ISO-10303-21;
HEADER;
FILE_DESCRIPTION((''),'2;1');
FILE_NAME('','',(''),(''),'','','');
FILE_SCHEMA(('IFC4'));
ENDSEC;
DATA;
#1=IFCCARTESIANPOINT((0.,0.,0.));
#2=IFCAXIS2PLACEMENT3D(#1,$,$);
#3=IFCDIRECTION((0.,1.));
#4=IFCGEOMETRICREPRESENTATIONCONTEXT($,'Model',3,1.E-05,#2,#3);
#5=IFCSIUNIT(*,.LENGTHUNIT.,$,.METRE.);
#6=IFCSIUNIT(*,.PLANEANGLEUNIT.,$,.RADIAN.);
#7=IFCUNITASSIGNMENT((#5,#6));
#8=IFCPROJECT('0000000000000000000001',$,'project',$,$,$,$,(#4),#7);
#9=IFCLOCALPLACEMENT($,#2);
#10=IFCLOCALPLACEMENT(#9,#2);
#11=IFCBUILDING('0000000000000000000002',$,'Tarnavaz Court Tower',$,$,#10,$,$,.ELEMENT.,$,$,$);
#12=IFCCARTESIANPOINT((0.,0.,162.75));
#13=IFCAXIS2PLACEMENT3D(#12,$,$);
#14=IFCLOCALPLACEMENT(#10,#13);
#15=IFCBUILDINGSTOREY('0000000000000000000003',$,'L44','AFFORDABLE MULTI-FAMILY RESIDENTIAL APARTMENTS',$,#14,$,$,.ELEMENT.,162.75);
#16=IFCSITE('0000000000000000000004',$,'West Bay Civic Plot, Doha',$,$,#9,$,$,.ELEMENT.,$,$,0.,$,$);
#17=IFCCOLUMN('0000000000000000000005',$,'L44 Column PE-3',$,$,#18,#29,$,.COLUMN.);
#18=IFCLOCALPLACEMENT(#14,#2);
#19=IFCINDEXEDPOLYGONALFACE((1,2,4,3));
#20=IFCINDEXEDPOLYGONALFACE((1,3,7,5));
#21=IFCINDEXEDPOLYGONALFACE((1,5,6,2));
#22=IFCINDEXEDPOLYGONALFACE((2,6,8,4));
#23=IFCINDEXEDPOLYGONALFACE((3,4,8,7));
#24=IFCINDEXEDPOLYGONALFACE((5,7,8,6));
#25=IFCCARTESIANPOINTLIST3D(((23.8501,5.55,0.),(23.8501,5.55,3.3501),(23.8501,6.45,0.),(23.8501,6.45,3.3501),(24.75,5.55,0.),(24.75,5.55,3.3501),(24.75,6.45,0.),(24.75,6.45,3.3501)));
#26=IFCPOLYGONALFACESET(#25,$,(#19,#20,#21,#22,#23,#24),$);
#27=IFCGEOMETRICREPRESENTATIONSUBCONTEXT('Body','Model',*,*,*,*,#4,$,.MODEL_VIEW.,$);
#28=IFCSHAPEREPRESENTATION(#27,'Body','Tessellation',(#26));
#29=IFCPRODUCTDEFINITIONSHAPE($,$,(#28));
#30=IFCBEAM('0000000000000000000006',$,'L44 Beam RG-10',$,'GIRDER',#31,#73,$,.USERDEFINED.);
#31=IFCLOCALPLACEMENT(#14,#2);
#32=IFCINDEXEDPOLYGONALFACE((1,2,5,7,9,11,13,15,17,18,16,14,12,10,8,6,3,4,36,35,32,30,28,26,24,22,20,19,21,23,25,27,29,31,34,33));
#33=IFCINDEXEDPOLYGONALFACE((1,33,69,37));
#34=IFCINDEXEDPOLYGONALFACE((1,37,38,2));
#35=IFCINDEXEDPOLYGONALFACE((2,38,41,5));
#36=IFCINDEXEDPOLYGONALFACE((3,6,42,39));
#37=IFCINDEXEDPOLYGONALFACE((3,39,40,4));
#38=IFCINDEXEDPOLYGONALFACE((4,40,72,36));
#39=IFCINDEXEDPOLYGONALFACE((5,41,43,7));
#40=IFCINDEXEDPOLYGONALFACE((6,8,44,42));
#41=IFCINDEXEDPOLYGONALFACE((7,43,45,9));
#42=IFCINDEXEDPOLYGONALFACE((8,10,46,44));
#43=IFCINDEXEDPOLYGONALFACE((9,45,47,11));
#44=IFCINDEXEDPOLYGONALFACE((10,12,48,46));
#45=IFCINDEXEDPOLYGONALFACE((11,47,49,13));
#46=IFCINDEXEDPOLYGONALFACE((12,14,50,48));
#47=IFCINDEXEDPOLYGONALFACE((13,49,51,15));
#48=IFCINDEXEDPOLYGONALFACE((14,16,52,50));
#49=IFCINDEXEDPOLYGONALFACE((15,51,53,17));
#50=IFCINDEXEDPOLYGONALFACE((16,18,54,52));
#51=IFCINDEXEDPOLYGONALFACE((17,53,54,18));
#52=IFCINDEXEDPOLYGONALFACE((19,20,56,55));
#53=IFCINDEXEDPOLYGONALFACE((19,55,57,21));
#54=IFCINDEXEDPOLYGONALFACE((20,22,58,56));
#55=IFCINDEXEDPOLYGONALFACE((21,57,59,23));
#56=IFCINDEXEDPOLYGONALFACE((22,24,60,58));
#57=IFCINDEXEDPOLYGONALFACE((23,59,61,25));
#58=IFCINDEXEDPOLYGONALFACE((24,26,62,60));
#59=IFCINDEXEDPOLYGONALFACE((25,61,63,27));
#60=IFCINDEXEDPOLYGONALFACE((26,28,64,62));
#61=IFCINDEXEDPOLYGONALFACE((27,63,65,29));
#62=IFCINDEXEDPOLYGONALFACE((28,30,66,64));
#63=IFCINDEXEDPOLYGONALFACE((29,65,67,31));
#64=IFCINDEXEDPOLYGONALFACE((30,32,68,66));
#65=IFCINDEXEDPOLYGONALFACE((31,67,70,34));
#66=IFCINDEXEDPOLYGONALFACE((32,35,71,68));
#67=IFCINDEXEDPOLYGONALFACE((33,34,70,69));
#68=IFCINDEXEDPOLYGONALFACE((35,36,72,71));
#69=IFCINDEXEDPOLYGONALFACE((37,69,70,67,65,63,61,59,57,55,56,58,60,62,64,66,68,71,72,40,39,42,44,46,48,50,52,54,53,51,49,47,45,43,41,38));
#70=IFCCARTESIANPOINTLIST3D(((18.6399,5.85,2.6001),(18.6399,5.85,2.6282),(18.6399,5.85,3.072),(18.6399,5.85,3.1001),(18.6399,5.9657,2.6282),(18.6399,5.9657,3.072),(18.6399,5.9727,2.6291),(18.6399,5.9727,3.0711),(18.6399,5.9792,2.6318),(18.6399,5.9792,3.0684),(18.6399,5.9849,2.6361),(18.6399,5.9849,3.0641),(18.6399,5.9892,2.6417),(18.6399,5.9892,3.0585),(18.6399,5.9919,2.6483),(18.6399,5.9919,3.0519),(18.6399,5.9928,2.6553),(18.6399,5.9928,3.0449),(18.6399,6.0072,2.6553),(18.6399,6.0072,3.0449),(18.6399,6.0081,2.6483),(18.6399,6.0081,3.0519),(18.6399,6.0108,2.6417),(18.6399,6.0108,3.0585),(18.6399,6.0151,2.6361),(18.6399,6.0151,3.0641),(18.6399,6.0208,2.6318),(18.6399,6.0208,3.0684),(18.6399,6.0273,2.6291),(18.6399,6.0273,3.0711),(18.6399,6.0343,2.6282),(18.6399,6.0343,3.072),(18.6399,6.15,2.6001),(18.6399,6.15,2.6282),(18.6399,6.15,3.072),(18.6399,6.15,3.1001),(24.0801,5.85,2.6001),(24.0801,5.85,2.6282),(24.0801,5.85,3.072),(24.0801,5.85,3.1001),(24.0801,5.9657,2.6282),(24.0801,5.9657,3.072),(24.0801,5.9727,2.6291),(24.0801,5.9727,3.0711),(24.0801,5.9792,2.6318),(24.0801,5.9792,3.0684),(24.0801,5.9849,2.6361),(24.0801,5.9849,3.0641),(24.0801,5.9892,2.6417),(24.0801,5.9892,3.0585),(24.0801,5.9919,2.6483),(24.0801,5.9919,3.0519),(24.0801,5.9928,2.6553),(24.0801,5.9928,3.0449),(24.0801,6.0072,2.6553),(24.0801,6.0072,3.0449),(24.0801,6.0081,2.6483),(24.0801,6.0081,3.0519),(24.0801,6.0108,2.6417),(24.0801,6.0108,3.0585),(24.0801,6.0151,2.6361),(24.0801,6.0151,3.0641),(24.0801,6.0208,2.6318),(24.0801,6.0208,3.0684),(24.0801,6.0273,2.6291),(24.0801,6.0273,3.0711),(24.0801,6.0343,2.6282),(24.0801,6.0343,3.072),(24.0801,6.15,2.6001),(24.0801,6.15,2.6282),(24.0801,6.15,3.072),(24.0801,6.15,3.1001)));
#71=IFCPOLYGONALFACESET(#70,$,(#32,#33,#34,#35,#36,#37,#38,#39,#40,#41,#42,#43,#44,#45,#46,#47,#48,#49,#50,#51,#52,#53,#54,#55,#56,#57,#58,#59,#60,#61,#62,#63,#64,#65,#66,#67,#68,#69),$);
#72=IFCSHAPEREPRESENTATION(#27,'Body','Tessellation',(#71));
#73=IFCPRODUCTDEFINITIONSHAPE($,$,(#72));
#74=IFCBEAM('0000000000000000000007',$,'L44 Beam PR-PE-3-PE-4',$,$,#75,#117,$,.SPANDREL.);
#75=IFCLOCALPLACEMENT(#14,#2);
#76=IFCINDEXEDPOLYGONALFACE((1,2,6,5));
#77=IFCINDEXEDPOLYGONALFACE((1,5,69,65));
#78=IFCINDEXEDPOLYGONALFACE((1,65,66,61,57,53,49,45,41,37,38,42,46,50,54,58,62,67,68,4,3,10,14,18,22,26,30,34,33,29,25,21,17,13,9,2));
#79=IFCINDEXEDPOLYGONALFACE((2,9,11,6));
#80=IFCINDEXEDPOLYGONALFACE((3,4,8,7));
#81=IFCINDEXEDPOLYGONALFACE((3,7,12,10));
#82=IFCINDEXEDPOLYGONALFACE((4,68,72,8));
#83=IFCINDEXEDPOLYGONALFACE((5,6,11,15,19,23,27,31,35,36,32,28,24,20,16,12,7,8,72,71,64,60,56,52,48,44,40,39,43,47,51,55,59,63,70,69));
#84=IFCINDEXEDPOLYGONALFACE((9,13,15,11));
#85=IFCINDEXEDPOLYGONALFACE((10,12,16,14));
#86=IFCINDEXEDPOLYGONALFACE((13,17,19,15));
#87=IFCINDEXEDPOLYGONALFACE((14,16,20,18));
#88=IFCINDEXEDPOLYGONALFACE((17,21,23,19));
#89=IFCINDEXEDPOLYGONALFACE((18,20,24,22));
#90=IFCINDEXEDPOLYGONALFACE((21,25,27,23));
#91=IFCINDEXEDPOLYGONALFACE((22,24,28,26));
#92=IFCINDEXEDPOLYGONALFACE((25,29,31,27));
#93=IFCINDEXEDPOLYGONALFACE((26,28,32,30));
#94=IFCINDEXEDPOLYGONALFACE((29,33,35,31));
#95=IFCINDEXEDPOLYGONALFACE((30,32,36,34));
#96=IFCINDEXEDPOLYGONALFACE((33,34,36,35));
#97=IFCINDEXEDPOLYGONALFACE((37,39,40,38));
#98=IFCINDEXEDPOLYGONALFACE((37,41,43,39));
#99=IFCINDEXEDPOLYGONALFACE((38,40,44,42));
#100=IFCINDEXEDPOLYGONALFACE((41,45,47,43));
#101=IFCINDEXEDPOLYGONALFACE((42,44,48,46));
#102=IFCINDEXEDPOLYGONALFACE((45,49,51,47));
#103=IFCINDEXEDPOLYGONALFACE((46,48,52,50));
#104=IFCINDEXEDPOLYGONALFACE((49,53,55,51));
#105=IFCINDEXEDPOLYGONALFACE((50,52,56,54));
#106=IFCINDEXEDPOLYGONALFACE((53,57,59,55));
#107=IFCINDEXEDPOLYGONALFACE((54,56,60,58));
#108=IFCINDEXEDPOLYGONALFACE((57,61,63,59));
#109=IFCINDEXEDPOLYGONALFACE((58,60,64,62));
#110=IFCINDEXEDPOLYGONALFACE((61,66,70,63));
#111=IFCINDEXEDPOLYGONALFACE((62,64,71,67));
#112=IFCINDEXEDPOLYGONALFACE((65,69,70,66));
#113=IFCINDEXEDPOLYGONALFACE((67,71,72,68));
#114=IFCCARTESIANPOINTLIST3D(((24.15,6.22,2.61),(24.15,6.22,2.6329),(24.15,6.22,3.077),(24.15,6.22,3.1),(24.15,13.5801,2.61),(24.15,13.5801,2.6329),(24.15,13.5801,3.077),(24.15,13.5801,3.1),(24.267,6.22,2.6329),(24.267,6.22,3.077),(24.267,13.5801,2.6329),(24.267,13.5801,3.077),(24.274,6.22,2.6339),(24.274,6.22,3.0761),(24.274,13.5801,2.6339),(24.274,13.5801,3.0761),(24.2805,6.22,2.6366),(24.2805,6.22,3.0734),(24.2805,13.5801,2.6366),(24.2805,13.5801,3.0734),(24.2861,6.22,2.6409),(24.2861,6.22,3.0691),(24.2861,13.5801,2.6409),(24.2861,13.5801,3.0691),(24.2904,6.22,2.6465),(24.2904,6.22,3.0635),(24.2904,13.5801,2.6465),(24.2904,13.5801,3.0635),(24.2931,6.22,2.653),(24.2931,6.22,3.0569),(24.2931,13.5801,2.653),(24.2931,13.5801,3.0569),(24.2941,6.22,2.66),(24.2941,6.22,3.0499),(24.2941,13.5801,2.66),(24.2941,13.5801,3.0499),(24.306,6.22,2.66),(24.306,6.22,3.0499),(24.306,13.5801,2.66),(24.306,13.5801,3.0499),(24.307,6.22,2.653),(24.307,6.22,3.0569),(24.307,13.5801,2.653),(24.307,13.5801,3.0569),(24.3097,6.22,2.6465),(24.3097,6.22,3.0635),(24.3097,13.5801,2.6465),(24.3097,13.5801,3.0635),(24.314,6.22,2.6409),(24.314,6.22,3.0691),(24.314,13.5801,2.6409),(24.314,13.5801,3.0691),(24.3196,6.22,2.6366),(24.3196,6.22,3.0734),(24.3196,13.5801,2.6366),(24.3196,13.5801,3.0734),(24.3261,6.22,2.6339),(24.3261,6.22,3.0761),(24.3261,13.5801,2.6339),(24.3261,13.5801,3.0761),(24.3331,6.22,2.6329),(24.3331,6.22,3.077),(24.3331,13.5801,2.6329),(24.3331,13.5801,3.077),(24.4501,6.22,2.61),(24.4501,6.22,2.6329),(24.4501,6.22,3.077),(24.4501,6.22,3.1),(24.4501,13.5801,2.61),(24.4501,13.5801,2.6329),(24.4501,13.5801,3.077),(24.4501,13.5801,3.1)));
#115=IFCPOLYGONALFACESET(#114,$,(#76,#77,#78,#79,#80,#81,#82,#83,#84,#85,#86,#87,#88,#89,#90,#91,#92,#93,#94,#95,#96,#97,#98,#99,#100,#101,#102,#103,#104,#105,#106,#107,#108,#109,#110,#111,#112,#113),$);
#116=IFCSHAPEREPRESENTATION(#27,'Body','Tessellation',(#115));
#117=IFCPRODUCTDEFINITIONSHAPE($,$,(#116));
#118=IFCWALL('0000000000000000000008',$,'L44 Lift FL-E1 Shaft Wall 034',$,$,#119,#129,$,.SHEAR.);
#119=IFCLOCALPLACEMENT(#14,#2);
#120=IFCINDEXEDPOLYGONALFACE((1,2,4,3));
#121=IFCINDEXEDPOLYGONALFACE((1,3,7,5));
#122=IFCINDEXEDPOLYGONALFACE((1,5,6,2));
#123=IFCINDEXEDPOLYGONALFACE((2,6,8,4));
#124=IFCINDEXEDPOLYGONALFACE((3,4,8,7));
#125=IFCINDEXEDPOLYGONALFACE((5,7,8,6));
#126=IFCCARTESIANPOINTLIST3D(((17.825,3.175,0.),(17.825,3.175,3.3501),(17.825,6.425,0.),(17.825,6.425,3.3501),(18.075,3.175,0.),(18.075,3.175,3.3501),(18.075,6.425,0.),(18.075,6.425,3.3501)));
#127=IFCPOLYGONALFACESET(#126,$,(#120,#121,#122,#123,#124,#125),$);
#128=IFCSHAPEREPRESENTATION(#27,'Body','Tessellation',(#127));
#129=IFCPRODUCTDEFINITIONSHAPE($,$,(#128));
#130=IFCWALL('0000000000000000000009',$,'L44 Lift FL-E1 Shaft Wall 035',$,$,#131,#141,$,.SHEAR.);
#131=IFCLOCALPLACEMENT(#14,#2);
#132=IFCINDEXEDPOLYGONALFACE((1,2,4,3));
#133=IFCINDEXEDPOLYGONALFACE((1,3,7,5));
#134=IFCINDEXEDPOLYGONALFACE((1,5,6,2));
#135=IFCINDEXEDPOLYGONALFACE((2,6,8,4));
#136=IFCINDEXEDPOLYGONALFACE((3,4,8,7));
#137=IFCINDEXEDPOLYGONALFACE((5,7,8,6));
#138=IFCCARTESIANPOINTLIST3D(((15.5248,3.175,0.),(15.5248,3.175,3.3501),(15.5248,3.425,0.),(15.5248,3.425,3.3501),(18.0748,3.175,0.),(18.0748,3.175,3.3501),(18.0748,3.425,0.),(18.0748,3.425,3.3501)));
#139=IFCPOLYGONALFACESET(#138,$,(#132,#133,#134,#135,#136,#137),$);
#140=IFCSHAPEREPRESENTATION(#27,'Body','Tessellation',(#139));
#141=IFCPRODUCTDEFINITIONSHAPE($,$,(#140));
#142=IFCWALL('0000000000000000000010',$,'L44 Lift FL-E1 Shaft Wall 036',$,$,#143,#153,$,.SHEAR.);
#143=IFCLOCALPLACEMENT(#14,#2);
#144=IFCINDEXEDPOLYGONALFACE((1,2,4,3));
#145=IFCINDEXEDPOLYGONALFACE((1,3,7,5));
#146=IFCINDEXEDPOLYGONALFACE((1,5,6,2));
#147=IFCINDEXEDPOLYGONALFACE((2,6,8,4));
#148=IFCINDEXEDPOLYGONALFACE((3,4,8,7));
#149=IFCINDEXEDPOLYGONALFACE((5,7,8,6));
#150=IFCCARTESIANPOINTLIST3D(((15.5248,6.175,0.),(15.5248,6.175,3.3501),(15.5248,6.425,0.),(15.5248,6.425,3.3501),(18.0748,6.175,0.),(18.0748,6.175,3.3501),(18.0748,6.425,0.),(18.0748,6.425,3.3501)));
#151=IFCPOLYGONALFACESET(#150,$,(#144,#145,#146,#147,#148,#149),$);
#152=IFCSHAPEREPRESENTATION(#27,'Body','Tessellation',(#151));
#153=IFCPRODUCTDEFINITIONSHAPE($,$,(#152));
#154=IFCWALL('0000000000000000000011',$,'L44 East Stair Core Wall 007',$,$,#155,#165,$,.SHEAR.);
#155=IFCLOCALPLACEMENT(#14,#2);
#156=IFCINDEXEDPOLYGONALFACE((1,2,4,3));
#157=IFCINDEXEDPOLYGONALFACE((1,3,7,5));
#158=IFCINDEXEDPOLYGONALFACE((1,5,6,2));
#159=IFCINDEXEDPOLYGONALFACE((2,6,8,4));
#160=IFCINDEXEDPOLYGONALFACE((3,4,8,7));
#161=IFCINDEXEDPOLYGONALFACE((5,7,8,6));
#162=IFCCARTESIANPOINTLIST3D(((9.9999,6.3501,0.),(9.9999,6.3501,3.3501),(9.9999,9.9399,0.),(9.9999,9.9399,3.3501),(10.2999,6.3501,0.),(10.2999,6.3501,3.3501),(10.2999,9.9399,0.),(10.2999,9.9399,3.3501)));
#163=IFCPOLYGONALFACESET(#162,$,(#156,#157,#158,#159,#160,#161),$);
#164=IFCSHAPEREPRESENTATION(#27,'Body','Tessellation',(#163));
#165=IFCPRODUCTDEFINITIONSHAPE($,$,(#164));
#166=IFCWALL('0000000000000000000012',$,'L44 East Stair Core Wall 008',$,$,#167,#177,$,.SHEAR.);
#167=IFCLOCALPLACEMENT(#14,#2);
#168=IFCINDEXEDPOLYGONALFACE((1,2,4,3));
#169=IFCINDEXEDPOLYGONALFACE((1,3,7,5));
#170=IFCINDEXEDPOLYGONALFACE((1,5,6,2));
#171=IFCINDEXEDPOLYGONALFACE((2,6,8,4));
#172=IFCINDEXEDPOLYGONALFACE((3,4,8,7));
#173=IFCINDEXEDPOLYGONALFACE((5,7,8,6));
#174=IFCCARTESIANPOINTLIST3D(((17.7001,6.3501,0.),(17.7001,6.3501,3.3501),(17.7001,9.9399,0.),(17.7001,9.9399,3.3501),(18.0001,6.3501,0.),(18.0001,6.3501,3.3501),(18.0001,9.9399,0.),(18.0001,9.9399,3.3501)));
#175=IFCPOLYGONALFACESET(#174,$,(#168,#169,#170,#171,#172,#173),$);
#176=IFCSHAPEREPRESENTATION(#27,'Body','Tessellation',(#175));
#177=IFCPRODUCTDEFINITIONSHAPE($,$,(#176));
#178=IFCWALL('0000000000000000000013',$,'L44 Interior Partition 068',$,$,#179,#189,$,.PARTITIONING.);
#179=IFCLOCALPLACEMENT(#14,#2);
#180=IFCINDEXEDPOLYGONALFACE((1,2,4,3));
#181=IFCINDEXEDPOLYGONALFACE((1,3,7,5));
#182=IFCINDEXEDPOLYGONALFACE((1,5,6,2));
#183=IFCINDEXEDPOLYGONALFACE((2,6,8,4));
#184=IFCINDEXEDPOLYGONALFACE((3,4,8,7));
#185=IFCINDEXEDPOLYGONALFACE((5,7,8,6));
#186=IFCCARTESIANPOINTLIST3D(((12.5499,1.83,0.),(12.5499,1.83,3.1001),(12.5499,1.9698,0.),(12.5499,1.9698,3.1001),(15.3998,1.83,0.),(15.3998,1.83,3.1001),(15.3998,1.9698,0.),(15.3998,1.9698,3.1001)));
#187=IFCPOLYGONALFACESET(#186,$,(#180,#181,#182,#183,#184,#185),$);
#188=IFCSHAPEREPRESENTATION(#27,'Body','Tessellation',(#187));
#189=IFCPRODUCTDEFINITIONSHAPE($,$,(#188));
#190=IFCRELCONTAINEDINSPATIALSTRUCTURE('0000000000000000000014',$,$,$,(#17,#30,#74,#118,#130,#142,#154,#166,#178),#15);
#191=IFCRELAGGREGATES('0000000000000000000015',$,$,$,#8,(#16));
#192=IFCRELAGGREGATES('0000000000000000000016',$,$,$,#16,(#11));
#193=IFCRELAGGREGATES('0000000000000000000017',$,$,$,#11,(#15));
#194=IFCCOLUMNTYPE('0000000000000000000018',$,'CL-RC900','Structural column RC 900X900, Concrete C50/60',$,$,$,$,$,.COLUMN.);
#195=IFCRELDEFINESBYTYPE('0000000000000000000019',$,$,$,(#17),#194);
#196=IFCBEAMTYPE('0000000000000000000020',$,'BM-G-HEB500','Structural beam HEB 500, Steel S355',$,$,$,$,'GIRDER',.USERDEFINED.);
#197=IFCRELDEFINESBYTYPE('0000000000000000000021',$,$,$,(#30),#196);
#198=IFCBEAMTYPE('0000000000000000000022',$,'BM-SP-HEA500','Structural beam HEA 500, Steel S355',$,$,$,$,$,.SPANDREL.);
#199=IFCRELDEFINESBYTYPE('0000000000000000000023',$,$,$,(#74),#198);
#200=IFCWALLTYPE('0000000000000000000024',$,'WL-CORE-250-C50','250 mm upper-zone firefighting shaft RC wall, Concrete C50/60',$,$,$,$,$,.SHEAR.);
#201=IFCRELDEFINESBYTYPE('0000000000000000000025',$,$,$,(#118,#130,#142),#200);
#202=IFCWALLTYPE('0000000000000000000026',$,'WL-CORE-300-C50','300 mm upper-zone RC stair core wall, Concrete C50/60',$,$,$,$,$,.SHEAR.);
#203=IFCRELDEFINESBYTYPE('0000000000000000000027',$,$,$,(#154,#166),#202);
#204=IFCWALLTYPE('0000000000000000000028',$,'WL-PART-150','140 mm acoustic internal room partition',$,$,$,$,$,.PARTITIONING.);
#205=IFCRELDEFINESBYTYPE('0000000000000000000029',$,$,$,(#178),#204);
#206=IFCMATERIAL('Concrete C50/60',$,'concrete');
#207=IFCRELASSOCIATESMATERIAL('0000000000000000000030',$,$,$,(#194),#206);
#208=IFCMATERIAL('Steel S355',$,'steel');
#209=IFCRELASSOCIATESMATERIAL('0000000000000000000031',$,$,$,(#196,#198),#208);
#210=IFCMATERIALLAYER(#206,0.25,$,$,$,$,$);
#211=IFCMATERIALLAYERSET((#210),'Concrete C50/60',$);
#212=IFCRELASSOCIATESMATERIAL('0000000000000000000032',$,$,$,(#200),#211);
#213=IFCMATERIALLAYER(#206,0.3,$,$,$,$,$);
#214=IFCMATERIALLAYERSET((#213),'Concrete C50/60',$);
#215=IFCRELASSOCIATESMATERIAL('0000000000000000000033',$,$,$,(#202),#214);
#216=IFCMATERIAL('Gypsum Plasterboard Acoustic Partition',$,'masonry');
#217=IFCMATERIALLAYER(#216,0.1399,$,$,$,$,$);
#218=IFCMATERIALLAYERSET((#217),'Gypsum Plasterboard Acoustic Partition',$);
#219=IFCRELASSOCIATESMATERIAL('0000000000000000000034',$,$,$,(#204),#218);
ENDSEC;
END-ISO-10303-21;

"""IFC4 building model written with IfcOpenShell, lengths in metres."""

from ifc_helpers import new_model, si_unit, direction, frame, frame_2d, origin, origin_2d, place, context, subcontext, project, spatial, rectangle, i_section, extrude, material, layer, layer_set, material_profile, profile_set, type_object, element, save


model = new_model("IFC4")

# Units and contexts
model_context = context("Model", 3, precision=1e-05, world=origin(), true_north=direction((0.0, 1.0)))
body_context = subcontext(model_context, "Body", "Model", "MODEL_VIEW")
ifc_project = project(units=[si_unit("LENGTHUNIT", "METRE"), si_unit("PLANEANGLEUNIT", "RADIAN")], contexts=[model_context])

# Site, building, storey
site_placement = place(None, origin())
site = spatial("IfcSite", under=ifc_project, at=site_placement, Name="West Bay Civic Plot, Doha", CompositionType="ELEMENT", RefElevation=0.0)
building_placement = place(site_placement, origin())
building = spatial("IfcBuilding", under=site, at=building_placement, Name="Tarnavaz Court Tower", CompositionType="ELEMENT")
storey_placement = place(building_placement, frame((0.0, 0.0, 162.75)))
storey = spatial("IfcBuildingStorey", under=building, at=storey_placement, Name="L44", Description="AFFORDABLE MULTI-FAMILY RESIDENTIAL APARTMENTS", CompositionType="ELEMENT", Elevation=162.75)

# Column
ifc_material_1 = material(Name="Concrete C50/60", Category="concrete")
ifc_material_profile_1 = material_profile(ifc_material_1, rectangle(XDim=0.8999, YDim=0.8999, at=origin_2d()), Name="RC 900X900")
ifc_profile_set_1 = profile_set([ifc_material_profile_1], Name="Concrete C50/60")
column_type = type_object("IfcColumnType", Name="CL-RC900", Description="Structural column RC 900X900, Concrete C50/60", PredefinedType="COLUMN", material=ifc_profile_set_1)
column_placement = place(storey_placement, frame((24.3, 6.0, 0.0), z_axis=(0.0, 0.0, 1.0), x_axis=(1.0, 0.0, 0.0)))
element("IfcColumn", 1, at=column_placement, inside=storey, type_object=column_type, Name="L44 Column PE-3", PredefinedType="COLUMN", context=body_context, shape_type="SweptSolid", body=[
    extrude(rectangle(XDim=0.8999, YDim=0.8999, at=origin_2d()), origin(), (0.0, 0.0, 1.0), 3.3501),
])

# Beams
ifc_material_2 = material(Name="Steel S355", Category="steel")
ifc_material_profile_2 = material_profile(ifc_material_2, i_section(OverallWidth=0.3, OverallDepth=0.5, WebThickness=0.0144, FlangeThickness=0.0281, FilletRadius=0.0271, at=origin_2d()), Name="HEB 500")
ifc_profile_set_2 = profile_set([ifc_material_profile_2], Name="Steel S355")
beam_type_1 = type_object("IfcBeamType", Name="BM-G-HEB500", Description="Structural beam HEB 500, Steel S355", ElementType="GIRDER", PredefinedType="USERDEFINED", material=ifc_profile_set_2)
beam_1_placement = place(storey_placement, frame((18.6399, 6.0, 2.8501), z_axis=(1.0, 0.0, 0.0), x_axis=(0.0, 1.0, 0.0)))
element("IfcBeam", 2, at=beam_1_placement, inside=storey, type_object=beam_type_1, Name="L44 Beam RG-10", ObjectType="GIRDER", PredefinedType="USERDEFINED", context=body_context, shape_type="SweptSolid", body=[
    extrude(i_section(OverallWidth=0.3, OverallDepth=0.5, WebThickness=0.0144, FlangeThickness=0.0281, FilletRadius=0.0271, at=origin_2d()), origin(), (0.0, 0.0, 1.0), 5.4402),
])
ifc_material_profile_3 = material_profile(ifc_material_2, i_section(OverallWidth=0.3, OverallDepth=0.49, WebThickness=0.012, FlangeThickness=0.0229, FilletRadius=0.0271, at=origin_2d()), Name="HEA 500")
ifc_profile_set_3 = profile_set([ifc_material_profile_3], Name="Steel S355")
beam_type_2 = type_object("IfcBeamType", Name="BM-SP-HEA500", Description="Structural beam HEA 500, Steel S355", PredefinedType="SPANDREL", material=ifc_profile_set_3)
beam_2_placement = place(storey_placement, frame((24.3, 6.22, 2.855), z_axis=(0.0, 1.0, 0.0), x_axis=(-1.0, 0.0, 0.0)))
element("IfcBeam", 3, at=beam_2_placement, inside=storey, type_object=beam_type_2, Name="L44 Beam PR-PE-3-PE-4", PredefinedType="SPANDREL", context=body_context, shape_type="SweptSolid", body=[
    extrude(i_section(OverallWidth=0.3, OverallDepth=0.49, WebThickness=0.012, FlangeThickness=0.0229, FilletRadius=0.0271, at=origin_2d()), origin(), (0.0, 0.0, 1.0), 7.3601),
])

# Shared definitions
ifc_layer_1 = layer(ifc_material_1, 0.25)
ifc_layer_set_1 = layer_set([ifc_layer_1], Name="Concrete C50/60")
wall_type_1 = type_object("IfcWallType", Name="WL-CORE-250-C50", Description="250 mm upper-zone firefighting shaft RC wall, Concrete C50/60", PredefinedType="SHEAR", material=ifc_layer_set_1)

# Walls
wall_1_placement = place(storey_placement, frame((17.95, 3.175, 0.0), z_axis=(0.0, 0.0, 1.0), x_axis=(0.0, 1.0, 0.0)))
element("IfcWall", 4, at=wall_1_placement, inside=storey, type_object=wall_type_1, Name="L44 Lift FL-E1 Shaft Wall 034", PredefinedType="SHEAR", context=body_context, shape_type="SweptSolid", body=[
    extrude(rectangle(XDim=3.25, YDim=0.25, at=frame_2d((1.625, 0.0))), origin(), (0.0, 0.0, 1.0), 3.3501),
])
for number, where, z_axis, x_axis, name in (
    (5, (15.5249, 3.3, 0.0), (0.0, 0.0, 1.0), (1.0, 0.0, 0.0), "L44 Lift FL-E1 Shaft Wall 035"),
    (6, (15.5249, 6.3, 0.0), (0.0, 0.0, 1.0), (1.0, 0.0, 0.0), "L44 Lift FL-E1 Shaft Wall 036"),
):
    element("IfcWall", number, at=place(storey_placement, frame(where, z_axis=z_axis, x_axis=x_axis)), inside=storey, type_object=wall_type_1, Name=name, PredefinedType="SHEAR", context=body_context, shape_type="SweptSolid", body=[
        extrude(rectangle(XDim=2.55, YDim=0.25, at=frame_2d((1.2749, 0.0))), origin(), (0.0, 0.0, 1.0), 3.3501),
    ])
ifc_layer_2 = layer(ifc_material_1, 0.3)
ifc_layer_set_2 = layer_set([ifc_layer_2], Name="Concrete C50/60")
wall_type_2 = type_object("IfcWallType", Name="WL-CORE-300-C50", Description="300 mm upper-zone RC stair core wall, Concrete C50/60", PredefinedType="SHEAR", material=ifc_layer_set_2)
for number, where, z_axis, x_axis, name in (
    (7, (10.1499, 6.3501, 0.0), (0.0, 0.0, 1.0), (0.0, 1.0, 0.0), "L44 East Stair Core Wall 007"),
    (8, (17.8501, 6.3501, 0.0), (0.0, 0.0, 1.0), (0.0, 1.0, 0.0), "L44 East Stair Core Wall 008"),
):
    element("IfcWall", number, at=place(storey_placement, frame(where, z_axis=z_axis, x_axis=x_axis)), inside=storey, type_object=wall_type_2, Name=name, PredefinedType="SHEAR", context=body_context, shape_type="SweptSolid", body=[
        extrude(rectangle(XDim=3.5898, YDim=0.3, at=frame_2d((1.7949, 0.0))), origin(), (0.0, 0.0, 1.0), 3.3501),
    ])

# Wall
ifc_material_3 = material(Name="Gypsum Plasterboard Acoustic Partition", Category="masonry")
ifc_layer_3 = layer(ifc_material_3, 0.1399)
ifc_layer_set_3 = layer_set([ifc_layer_3], Name="Gypsum Plasterboard Acoustic Partition")
wall_type_3 = type_object("IfcWallType", Name="WL-PART-150", Description="140 mm acoustic internal room partition", PredefinedType="PARTITIONING", material=ifc_layer_set_3)
wall_2_placement = place(storey_placement, frame((12.55, 1.8999, 0.0), z_axis=(0.0, 0.0, 1.0), x_axis=(1.0, 0.0, 0.0)))
element("IfcWall", 9, at=wall_2_placement, inside=storey, type_object=wall_type_3, Name="L44 Interior Partition 068", PredefinedType="PARTITIONING", context=body_context, shape_type="SweptSolid", body=[
    extrude(rectangle(XDim=2.8499, YDim=0.1399, at=frame_2d((1.4248, 0.0))), origin(), (0.0, 0.0, 1.0), 3.1001),
])

save(model, "model.ifc")
